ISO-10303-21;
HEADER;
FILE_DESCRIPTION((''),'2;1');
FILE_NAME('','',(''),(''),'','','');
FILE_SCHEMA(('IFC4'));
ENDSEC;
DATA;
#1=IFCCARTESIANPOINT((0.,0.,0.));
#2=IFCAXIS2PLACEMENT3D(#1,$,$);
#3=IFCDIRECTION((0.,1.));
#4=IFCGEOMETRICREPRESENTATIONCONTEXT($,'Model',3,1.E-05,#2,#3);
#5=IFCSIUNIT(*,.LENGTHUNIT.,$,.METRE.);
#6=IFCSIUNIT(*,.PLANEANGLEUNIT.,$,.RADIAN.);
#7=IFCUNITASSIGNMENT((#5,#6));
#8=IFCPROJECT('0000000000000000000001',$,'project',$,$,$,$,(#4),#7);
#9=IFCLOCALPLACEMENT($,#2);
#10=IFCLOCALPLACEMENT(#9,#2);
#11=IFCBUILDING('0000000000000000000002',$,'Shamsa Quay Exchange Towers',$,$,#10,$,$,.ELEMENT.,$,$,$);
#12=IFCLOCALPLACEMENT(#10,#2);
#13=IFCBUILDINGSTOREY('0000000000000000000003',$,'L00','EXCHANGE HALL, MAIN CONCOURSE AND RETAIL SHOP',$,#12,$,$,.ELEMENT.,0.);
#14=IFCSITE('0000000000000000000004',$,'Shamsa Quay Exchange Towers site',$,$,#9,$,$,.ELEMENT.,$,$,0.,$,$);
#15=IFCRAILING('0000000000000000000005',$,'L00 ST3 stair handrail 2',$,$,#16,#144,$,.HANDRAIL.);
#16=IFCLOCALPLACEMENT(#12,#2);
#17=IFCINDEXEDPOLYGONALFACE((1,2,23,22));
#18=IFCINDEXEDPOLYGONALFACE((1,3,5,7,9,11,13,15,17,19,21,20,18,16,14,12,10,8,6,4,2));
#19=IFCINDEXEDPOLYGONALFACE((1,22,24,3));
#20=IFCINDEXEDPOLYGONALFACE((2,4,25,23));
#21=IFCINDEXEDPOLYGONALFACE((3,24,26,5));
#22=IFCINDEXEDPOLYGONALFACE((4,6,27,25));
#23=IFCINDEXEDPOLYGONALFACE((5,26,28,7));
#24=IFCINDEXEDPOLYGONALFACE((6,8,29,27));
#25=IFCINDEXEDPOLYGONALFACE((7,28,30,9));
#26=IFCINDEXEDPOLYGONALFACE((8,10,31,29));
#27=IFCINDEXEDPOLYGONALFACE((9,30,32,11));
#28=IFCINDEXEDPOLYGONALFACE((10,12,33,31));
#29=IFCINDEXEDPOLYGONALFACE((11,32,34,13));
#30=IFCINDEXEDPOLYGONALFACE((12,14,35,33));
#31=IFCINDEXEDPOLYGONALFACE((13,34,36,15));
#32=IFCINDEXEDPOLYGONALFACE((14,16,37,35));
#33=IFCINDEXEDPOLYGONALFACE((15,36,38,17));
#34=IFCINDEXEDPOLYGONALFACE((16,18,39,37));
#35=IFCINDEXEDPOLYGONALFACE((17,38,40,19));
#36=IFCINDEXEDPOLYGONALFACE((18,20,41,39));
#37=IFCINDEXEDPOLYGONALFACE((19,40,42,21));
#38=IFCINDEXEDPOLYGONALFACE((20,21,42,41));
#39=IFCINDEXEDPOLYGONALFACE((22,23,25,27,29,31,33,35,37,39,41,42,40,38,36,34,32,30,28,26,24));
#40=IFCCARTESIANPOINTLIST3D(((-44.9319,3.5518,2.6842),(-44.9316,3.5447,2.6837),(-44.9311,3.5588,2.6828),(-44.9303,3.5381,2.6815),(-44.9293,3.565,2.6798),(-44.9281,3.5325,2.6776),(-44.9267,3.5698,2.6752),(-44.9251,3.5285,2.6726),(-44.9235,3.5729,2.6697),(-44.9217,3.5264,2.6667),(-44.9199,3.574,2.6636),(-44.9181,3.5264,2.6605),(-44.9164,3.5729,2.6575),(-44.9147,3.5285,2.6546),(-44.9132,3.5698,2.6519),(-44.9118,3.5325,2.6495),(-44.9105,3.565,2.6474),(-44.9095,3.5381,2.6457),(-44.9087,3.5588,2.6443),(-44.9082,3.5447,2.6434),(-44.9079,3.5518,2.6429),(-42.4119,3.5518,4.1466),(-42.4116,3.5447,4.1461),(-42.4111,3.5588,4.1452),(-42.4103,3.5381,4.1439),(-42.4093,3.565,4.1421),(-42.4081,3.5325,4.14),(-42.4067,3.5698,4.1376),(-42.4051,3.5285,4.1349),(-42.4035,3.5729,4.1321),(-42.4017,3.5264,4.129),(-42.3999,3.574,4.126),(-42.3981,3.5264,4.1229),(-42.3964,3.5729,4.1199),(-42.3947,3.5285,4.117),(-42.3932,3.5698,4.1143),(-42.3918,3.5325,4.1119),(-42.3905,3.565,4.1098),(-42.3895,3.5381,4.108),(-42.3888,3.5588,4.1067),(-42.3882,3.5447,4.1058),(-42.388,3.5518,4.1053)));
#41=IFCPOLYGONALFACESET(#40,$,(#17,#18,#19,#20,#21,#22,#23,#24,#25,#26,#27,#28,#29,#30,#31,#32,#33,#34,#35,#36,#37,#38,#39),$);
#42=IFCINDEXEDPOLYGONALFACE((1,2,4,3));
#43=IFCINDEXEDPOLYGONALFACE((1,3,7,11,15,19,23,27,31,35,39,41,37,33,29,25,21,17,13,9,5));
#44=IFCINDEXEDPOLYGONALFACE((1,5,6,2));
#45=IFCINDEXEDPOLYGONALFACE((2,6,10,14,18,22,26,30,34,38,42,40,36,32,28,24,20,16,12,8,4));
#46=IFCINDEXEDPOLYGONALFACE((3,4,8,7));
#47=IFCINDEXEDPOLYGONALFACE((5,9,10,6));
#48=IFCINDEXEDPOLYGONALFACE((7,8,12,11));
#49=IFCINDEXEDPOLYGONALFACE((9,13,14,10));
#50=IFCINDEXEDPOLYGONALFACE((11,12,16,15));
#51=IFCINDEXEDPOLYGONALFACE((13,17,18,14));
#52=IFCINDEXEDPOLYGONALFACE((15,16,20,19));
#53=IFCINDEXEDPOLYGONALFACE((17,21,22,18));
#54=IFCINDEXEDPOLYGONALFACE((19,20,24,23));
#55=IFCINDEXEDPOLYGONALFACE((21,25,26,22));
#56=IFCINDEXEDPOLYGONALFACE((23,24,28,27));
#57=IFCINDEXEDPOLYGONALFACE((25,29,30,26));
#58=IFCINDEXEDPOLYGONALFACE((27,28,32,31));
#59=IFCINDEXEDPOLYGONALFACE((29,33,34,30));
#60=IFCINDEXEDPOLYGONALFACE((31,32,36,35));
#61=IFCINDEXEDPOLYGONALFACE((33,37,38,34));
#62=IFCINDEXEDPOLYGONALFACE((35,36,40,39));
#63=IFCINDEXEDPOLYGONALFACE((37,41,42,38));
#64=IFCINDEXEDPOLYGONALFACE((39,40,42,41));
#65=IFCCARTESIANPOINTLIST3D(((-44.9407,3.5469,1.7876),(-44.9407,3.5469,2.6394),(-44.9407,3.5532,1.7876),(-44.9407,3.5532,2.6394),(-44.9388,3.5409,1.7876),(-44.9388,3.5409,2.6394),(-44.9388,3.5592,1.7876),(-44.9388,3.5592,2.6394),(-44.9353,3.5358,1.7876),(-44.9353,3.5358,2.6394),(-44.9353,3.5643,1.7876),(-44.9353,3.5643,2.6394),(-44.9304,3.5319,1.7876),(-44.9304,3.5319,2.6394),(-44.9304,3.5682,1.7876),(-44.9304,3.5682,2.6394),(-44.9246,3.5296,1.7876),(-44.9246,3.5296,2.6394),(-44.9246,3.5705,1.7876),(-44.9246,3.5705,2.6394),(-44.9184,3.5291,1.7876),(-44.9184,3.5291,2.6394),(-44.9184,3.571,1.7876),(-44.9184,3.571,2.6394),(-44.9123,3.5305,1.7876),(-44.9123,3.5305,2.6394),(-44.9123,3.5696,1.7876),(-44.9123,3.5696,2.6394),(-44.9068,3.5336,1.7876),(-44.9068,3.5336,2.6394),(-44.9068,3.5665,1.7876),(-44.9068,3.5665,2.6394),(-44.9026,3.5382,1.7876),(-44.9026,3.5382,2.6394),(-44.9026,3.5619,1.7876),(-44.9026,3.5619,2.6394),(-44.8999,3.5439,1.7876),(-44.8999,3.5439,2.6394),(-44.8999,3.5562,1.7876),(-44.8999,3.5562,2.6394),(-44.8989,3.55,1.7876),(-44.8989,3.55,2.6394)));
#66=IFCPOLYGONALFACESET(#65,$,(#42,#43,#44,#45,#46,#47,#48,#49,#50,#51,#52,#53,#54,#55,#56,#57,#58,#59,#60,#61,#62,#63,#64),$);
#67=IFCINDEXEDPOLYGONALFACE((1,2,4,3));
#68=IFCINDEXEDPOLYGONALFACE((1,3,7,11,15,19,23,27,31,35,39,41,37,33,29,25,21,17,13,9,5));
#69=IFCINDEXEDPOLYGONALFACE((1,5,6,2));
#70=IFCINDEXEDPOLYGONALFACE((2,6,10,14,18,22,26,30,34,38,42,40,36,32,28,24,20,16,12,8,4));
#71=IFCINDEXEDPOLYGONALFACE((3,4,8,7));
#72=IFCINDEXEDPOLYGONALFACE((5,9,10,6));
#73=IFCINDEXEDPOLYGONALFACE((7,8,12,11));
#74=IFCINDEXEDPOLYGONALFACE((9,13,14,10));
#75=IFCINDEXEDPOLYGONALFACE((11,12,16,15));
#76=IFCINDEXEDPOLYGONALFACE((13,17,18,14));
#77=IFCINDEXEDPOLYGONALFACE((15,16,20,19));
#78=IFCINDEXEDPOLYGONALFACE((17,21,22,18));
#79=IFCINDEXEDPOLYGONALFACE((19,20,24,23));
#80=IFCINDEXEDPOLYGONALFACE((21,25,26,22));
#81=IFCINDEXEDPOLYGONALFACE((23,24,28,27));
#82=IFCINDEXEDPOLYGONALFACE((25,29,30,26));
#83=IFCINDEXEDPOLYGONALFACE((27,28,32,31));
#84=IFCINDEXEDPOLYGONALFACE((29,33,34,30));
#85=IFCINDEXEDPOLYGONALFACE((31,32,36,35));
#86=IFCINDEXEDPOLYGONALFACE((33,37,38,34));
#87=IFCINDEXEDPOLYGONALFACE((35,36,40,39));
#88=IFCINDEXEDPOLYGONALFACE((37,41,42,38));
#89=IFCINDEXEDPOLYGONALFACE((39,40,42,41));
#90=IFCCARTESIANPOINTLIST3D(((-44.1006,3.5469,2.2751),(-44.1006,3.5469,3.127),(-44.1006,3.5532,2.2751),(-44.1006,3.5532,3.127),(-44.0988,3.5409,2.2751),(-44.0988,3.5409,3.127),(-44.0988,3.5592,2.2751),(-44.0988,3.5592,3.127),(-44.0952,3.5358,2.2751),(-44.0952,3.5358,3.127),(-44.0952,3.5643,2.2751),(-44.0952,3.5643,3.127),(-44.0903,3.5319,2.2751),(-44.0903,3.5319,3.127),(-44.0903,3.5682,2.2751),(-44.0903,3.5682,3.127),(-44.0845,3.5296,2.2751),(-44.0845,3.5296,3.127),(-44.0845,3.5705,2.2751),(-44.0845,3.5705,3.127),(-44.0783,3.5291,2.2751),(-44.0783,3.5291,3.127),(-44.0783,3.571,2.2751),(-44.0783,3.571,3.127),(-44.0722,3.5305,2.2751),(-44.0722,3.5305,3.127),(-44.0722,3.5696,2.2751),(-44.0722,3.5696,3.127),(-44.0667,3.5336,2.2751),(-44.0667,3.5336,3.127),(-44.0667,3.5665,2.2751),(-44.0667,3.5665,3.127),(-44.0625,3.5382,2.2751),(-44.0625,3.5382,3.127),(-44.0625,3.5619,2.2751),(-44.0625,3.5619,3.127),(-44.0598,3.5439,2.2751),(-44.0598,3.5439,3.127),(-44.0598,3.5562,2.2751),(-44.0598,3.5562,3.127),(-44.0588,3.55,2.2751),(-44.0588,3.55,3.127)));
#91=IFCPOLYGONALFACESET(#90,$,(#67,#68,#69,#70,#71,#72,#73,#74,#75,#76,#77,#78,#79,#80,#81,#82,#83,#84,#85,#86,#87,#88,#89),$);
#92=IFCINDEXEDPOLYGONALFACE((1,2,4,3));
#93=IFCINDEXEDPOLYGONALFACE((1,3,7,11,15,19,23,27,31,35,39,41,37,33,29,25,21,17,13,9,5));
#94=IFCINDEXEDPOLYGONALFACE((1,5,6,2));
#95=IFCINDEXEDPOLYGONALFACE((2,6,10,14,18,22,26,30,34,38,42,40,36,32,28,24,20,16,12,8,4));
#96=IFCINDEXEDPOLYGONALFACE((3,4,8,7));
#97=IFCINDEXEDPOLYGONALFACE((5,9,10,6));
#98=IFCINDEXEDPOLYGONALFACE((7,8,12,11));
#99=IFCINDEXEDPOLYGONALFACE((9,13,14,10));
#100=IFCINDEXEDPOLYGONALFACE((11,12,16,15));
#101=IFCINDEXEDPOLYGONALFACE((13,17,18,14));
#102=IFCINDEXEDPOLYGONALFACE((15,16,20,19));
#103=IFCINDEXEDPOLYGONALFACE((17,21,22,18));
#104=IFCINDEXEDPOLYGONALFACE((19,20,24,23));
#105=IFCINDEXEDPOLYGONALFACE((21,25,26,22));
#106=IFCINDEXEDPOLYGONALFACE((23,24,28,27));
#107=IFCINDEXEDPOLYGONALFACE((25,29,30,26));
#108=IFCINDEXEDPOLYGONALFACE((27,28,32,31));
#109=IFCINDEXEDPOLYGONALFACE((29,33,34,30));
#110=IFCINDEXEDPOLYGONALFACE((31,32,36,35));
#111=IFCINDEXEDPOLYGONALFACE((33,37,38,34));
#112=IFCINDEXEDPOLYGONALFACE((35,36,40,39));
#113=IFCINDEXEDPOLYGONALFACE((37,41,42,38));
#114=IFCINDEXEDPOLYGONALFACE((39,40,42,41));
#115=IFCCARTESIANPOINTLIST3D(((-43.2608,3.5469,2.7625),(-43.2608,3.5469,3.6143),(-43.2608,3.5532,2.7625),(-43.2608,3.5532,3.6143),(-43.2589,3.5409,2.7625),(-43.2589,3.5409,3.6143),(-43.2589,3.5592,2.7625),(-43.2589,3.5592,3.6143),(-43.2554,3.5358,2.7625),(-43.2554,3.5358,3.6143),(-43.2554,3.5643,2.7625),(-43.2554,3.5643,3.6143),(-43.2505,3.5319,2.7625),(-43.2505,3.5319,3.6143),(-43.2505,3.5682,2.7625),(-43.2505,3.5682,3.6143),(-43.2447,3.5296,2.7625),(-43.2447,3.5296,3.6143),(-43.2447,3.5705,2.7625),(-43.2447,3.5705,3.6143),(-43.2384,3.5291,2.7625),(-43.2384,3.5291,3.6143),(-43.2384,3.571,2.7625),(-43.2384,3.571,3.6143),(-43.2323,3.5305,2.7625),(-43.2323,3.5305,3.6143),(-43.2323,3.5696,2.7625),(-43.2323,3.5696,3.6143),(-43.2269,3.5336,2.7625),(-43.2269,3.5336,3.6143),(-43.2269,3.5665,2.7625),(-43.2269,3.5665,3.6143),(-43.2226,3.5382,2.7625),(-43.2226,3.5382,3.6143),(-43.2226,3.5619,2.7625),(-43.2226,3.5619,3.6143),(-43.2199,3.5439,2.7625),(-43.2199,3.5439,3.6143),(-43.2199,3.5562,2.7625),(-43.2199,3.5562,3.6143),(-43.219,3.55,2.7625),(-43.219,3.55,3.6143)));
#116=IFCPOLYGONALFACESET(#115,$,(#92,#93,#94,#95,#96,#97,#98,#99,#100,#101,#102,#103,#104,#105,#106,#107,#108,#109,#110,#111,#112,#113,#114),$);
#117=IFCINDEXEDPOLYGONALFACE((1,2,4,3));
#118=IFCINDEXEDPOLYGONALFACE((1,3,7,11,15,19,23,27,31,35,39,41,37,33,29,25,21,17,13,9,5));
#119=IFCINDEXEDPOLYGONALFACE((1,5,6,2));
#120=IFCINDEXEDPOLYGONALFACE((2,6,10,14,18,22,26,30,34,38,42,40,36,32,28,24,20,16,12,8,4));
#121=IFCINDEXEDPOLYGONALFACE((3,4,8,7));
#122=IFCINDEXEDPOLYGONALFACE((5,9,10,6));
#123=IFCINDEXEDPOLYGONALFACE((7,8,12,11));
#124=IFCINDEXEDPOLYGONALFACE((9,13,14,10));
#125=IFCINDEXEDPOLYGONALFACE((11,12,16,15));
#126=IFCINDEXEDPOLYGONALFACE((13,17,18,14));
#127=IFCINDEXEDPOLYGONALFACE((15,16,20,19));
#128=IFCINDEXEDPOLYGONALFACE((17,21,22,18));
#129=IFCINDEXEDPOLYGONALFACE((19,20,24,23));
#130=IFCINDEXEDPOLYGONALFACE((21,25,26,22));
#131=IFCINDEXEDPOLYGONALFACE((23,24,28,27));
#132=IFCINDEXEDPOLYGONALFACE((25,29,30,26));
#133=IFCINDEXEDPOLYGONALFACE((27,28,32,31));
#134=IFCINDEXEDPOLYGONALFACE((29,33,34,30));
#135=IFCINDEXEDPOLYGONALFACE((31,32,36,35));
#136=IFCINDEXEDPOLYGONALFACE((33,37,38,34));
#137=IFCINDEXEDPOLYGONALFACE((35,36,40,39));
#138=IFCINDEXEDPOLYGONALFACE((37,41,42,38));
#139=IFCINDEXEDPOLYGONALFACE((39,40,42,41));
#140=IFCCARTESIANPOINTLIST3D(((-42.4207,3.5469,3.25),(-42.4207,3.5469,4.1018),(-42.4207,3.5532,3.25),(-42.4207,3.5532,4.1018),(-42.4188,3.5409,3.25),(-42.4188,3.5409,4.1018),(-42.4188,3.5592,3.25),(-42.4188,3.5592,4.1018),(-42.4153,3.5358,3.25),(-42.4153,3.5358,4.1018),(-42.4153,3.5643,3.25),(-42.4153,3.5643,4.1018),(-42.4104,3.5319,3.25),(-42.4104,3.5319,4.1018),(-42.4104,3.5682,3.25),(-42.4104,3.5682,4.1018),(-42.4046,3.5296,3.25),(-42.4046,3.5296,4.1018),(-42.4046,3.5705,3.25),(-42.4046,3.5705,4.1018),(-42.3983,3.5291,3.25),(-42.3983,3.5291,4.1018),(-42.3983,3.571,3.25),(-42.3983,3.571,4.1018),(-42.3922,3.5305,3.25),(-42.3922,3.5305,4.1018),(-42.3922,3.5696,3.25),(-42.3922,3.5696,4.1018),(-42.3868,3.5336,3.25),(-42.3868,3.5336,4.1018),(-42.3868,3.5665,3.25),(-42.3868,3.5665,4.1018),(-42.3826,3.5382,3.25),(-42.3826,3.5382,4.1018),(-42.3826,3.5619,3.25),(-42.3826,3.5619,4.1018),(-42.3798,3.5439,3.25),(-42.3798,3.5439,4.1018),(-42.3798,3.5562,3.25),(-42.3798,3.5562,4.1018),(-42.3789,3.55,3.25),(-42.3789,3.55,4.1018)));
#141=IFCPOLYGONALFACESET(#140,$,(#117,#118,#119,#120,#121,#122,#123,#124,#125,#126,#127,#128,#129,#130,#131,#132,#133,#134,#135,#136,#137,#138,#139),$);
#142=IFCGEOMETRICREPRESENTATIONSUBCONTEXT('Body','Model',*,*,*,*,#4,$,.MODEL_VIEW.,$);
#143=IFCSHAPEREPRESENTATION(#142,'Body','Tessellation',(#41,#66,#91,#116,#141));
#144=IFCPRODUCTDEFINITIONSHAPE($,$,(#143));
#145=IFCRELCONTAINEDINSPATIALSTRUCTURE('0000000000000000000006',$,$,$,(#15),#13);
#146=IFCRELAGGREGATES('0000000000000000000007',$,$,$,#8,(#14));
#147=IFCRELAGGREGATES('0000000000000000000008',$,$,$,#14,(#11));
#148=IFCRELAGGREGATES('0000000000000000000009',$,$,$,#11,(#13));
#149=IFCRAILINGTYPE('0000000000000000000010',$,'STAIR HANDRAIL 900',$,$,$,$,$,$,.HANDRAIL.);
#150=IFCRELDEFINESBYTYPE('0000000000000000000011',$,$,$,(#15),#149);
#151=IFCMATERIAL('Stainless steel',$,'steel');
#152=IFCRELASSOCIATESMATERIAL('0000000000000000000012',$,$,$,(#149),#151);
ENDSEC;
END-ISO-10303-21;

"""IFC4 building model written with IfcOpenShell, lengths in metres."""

from ifc_helpers import new_model, si_unit, direction, frame, origin, origin_2d, place, context, subcontext, project, spatial, circle, extrude, material, type_object, element, save


model = new_model("IFC4")

# Units and contexts
model_context = context("Model", 3, precision=1e-05, world=origin(), true_north=direction((0.0, 1.0)))
body_context = subcontext(model_context, "Body", "Model", "MODEL_VIEW")
ifc_project = project(units=[si_unit("LENGTHUNIT", "METRE"), si_unit("PLANEANGLEUNIT", "RADIAN")], contexts=[model_context])

# Site, building, storey
site_placement = place(None, origin())
site = spatial("IfcSite", under=ifc_project, at=site_placement, Name="Shamsa Quay Exchange Towers site", CompositionType="ELEMENT", RefElevation=0.0)
building_placement = place(site_placement, origin())
building = spatial("IfcBuilding", under=site, at=building_placement, Name="Shamsa Quay Exchange Towers", CompositionType="ELEMENT")
storey_placement = place(building_placement, origin())
storey = spatial("IfcBuildingStorey", under=building, at=storey_placement, Name="L00", Description="EXCHANGE HALL, MAIN CONCOURSE AND RETAIL SHOP", CompositionType="ELEMENT", Elevation=0.0)

# Railing
ifc_material_1 = material(Name="Stainless steel", Category="steel")
railing_type_1 = type_object("IfcRailingType", Name="STAIR HANDRAIL 900", PredefinedType="HANDRAIL", material=ifc_material_1)
for number, where, name in (
    (1, (-44.9199, 3.55, 1.7876), "L00 ST3 stair handrail 2"),
):
    element("IfcRailing", number, at=place(storey_placement, frame(where)), inside=storey, type_object=railing_type_1, Name=name, PredefinedType="HANDRAIL", context=body_context, shape_type="SweptSolid", body=[
        extrude(circle(Radius=0.0239, at=origin_2d()), frame((0.0, 0.0, 0.876), z_axis=(0.864913, 0.0, 0.501921), x_axis=(0.0, 1.0, 0.0)), (0.0, 0.0, 1.0), 2.9136),
        extrude(circle(Radius=0.021, at=origin_2d()), origin(), (0.0, 0.0, 1.0), 0.8518),
        extrude(circle(Radius=0.021, at=origin_2d()), frame((0.8401, 0.0, 0.4875)), (0.0, 0.0, 1.0), 0.8518),
        extrude(circle(Radius=0.021, at=origin_2d()), frame((1.6799, 0.0, 0.9749)), (0.0, 0.0, 1.0), 0.8518),
        extrude(circle(Radius=0.021, at=origin_2d()), frame((2.52, 0.0, 1.4624)), (0.0, 0.0, 1.0), 0.8518),
    ])

save(model, "model.ifc")
